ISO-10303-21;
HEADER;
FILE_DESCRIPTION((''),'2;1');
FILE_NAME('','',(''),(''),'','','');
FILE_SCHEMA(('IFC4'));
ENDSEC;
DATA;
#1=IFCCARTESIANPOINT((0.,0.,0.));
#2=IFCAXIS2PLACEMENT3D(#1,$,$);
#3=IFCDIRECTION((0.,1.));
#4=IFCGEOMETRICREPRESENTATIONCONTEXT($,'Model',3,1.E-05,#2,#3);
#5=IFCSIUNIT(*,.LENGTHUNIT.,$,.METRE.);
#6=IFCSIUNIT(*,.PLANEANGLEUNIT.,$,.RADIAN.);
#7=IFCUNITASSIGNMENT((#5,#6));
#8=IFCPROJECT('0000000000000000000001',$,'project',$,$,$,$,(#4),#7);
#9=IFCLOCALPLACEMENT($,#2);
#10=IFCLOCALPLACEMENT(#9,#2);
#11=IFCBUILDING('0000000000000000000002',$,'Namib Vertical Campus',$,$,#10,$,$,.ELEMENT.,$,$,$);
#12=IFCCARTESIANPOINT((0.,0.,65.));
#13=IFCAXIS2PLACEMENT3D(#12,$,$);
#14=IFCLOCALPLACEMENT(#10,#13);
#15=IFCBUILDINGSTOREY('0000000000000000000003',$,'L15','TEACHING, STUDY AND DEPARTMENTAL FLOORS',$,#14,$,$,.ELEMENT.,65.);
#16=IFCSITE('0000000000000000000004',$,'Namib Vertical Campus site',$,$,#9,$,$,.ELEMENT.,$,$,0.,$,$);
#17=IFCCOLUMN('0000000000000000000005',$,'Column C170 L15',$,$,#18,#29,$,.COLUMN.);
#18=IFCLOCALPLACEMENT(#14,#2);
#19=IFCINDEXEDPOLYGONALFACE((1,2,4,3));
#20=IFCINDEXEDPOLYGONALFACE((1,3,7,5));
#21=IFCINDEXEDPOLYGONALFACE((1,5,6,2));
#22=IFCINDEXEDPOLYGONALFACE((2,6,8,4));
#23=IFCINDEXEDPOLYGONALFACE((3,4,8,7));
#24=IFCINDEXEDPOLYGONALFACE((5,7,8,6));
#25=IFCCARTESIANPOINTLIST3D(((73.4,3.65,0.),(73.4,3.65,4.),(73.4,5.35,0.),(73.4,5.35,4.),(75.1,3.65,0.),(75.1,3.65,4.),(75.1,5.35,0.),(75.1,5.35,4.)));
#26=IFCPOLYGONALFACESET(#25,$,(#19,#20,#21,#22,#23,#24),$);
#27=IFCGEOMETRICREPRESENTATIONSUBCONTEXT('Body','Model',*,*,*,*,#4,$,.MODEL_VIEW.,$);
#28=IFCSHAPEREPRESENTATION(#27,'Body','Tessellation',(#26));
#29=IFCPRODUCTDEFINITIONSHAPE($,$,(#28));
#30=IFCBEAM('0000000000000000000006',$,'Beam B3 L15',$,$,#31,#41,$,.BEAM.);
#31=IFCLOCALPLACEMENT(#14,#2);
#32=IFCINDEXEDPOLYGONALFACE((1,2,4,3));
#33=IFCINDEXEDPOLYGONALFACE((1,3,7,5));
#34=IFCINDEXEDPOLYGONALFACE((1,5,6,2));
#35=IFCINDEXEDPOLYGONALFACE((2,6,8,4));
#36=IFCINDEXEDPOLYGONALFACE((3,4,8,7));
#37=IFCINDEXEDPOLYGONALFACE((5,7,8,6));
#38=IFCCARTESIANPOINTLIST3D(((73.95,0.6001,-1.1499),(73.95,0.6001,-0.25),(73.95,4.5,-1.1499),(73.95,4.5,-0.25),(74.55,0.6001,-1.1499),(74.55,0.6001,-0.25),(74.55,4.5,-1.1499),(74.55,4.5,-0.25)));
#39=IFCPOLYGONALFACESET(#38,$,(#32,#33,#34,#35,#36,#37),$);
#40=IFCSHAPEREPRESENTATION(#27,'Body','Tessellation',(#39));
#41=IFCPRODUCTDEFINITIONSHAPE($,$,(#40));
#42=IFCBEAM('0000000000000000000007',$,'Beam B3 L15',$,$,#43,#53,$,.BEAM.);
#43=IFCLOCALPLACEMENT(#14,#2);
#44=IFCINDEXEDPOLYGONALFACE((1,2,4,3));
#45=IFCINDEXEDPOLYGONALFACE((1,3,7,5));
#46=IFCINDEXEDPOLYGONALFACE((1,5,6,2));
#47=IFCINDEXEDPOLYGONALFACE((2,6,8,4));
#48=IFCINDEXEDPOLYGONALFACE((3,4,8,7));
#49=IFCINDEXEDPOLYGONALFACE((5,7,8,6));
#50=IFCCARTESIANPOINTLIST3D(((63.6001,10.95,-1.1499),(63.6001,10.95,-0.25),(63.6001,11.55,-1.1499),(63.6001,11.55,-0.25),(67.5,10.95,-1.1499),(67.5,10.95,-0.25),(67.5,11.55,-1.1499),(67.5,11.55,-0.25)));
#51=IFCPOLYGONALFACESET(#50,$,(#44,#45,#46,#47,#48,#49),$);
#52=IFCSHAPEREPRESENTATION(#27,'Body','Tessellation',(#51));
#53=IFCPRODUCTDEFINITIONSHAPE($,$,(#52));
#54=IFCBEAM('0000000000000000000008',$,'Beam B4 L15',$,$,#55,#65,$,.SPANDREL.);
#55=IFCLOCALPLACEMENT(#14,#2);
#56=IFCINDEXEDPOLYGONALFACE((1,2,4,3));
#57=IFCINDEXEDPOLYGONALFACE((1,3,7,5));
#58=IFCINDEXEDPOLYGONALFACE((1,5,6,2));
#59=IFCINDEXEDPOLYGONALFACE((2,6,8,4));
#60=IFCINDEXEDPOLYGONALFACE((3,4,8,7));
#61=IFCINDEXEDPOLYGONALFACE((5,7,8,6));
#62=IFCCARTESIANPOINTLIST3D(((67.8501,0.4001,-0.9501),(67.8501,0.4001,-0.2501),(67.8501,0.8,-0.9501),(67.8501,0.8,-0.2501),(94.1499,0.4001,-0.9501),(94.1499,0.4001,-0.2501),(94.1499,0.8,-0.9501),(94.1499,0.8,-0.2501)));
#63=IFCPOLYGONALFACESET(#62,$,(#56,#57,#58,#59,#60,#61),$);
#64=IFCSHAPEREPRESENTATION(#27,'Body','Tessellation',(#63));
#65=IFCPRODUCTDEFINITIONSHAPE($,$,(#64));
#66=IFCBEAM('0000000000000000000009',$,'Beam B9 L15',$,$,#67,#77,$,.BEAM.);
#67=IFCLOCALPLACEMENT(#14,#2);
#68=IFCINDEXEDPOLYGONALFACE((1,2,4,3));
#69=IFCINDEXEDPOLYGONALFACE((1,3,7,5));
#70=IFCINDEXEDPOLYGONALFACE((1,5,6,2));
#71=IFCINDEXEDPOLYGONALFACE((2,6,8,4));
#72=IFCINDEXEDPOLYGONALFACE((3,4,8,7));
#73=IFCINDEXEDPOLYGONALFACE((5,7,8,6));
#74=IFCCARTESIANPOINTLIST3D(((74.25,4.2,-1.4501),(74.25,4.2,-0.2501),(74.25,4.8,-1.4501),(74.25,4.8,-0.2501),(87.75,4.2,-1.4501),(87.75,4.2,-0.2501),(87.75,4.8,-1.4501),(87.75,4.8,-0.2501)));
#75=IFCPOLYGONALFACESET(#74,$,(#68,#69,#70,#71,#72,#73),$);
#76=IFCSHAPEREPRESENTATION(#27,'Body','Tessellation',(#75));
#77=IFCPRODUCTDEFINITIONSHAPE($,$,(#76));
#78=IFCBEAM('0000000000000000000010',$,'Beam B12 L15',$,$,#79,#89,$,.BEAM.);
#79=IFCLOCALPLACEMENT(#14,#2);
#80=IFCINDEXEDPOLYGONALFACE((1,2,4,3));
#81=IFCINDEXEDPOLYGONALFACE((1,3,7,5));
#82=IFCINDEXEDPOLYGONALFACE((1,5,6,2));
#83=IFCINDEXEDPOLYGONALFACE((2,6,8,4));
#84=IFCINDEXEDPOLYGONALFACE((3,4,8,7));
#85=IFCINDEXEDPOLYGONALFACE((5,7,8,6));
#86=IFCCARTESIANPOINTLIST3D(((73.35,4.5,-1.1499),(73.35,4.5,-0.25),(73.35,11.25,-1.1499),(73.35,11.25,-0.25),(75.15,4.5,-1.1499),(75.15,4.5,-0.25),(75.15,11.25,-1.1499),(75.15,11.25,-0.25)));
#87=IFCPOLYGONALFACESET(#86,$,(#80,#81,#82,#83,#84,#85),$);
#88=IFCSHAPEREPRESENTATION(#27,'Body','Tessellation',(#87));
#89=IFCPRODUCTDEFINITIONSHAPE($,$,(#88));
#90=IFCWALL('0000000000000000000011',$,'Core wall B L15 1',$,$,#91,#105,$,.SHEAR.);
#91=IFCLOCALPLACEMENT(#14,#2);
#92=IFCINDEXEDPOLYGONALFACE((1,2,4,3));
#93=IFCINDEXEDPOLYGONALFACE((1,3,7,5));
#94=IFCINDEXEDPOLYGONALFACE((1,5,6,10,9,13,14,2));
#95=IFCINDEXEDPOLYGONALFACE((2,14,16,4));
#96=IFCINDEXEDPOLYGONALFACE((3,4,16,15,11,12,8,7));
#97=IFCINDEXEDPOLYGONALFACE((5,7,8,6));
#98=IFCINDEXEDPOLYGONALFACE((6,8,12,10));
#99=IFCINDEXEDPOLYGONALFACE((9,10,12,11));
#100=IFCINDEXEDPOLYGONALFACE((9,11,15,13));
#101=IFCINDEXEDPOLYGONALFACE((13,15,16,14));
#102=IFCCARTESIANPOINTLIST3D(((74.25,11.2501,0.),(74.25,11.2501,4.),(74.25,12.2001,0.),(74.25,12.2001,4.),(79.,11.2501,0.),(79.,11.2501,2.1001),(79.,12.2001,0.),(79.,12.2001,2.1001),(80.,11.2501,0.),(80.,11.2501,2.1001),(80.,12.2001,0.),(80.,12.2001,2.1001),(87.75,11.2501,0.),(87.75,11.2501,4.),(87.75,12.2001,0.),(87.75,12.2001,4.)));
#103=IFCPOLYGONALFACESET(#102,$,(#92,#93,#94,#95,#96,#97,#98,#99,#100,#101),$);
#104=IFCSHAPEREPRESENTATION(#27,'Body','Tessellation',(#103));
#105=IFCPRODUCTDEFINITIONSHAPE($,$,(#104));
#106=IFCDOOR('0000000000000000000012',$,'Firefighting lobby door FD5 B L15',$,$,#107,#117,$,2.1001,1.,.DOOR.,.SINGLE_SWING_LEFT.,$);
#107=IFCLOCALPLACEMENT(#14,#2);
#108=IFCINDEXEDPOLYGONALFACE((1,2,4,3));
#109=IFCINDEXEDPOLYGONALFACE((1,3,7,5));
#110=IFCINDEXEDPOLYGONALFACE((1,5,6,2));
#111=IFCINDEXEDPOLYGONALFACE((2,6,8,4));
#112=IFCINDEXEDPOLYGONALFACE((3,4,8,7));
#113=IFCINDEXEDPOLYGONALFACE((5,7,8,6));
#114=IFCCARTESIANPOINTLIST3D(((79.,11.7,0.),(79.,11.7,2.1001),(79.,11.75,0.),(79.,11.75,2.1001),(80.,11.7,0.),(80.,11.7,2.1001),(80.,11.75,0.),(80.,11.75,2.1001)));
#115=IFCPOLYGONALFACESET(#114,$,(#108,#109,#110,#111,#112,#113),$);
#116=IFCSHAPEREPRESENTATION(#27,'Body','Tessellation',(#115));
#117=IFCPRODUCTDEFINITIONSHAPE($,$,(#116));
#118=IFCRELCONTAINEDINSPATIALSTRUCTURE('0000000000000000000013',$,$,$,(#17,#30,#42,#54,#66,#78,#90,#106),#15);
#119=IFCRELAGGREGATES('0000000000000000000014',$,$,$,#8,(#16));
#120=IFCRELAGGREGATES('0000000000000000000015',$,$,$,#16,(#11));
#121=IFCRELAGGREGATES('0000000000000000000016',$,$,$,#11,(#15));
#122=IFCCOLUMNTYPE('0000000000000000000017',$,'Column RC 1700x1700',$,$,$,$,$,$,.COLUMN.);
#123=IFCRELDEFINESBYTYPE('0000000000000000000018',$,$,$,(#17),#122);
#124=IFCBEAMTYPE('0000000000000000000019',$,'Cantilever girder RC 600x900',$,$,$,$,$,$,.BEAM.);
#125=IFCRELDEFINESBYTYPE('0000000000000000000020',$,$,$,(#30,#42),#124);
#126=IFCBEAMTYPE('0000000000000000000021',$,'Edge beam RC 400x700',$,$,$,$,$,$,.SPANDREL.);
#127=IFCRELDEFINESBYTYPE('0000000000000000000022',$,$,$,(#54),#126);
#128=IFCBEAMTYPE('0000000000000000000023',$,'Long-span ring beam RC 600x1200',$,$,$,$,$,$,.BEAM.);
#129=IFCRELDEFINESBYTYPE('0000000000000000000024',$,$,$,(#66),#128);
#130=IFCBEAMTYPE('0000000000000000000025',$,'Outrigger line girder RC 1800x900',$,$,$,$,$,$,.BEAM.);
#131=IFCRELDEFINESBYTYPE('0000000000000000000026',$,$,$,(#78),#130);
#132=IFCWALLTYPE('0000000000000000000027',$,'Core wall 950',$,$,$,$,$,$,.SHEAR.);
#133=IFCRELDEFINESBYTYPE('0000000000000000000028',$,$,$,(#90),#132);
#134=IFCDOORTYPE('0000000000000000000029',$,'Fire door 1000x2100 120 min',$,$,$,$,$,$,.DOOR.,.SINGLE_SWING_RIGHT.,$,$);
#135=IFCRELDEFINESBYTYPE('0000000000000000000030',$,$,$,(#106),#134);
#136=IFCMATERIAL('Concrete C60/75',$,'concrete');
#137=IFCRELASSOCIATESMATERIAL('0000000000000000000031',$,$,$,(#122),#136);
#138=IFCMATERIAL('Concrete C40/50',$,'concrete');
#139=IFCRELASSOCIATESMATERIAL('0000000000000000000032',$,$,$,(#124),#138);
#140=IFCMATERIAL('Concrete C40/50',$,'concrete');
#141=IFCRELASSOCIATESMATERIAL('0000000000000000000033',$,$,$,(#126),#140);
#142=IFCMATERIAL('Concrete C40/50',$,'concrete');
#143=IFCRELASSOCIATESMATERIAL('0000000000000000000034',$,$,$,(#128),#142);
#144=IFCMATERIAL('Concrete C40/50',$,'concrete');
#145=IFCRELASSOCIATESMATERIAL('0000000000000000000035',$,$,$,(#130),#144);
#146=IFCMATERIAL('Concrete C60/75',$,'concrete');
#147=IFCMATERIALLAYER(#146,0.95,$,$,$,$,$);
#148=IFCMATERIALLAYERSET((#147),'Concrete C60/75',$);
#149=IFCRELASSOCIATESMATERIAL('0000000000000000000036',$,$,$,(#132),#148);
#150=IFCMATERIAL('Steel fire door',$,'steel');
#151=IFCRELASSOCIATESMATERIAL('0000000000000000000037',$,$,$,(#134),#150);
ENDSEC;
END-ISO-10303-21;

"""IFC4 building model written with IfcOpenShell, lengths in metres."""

from ifc_helpers import new_model, si_unit, direction, frame, frame_2d, origin, origin_2d, place, context, subcontext, project, spatial, rectangle, extrude, material, layer, layer_set, material_profile, profile_set, type_object, element, fill, save


model = new_model("IFC4")

# Units and contexts
model_context = context("Model", 3, precision=1e-05, world=origin(), true_north=direction((0.0, 1.0)))
body_context = subcontext(model_context, "Body", "Model", "MODEL_VIEW")
ifc_project = project(units=[si_unit("LENGTHUNIT", "METRE"), si_unit("PLANEANGLEUNIT", "RADIAN")], contexts=[model_context])

# Site, building, storey
site_placement = place(None, origin())
site = spatial("IfcSite", under=ifc_project, at=site_placement, Name="Namib Vertical Campus site", CompositionType="ELEMENT", RefElevation=0.0)
building_placement = place(site_placement, origin())
building = spatial("IfcBuilding", under=site, at=building_placement, Name="Namib Vertical Campus", CompositionType="ELEMENT")
storey_placement = place(building_placement, frame((0.0, 0.0, 65.0)))
storey = spatial("IfcBuildingStorey", under=building, at=storey_placement, Name="L15", Description="TEACHING, STUDY AND DEPARTMENTAL FLOORS", CompositionType="ELEMENT", Elevation=65.0)

# Column
ifc_material_1 = material(Name="Concrete C60/75", Category="concrete")
ifc_material_profile_1 = material_profile(ifc_material_1, rectangle(XDim=1.7, YDim=1.7, at=origin_2d()))
ifc_profile_set_1 = profile_set([ifc_material_profile_1], Name="Concrete C60/75")
column_type = type_object("IfcColumnType", Name="Column RC 1700x1700", PredefinedType="COLUMN", material=ifc_profile_set_1)
column_placement = place(storey_placement, frame((74.25, 4.5, 0.0), z_axis=(0.0, 0.0, 1.0), x_axis=(1.0, 0.0, 0.0)))
element("IfcColumn", 1, at=column_placement, inside=storey, type_object=column_type, Name="Column C170 L15", PredefinedType="COLUMN", context=body_context, shape_type="SweptSolid", body=[
    extrude(rectangle(XDim=1.7, YDim=1.7, at=origin_2d()), origin(), (0.0, 0.0, 1.0), 4.0),
])

# Beams
ifc_material_2 = material(Name="Concrete C40/50", Category="concrete")
ifc_material_profile_2 = material_profile(ifc_material_2, rectangle(XDim=0.6001, YDim=0.8999, at=origin_2d()))
ifc_profile_set_2 = profile_set([ifc_material_profile_2], Name="Concrete C40/50")
beam_type_1 = type_object("IfcBeamType", Name="Cantilever girder RC 600x900", PredefinedType="BEAM", material=ifc_profile_set_2)
for number, where, z_axis, x_axis, name in (
    (2, (74.25, 4.5, -0.7), (0.0, -1.0, 0.0), (1.0, 0.0, 0.0), "Beam B3 L15"),
    (3, (67.5, 11.25, -0.7), (-1.0, 0.0, 0.0), (0.0, -1.0, 0.0), "Beam B3 L15"),
):
    element("IfcBeam", number, at=place(storey_placement, frame(where, z_axis=z_axis, x_axis=x_axis)), inside=storey, type_object=beam_type_1, Name=name, PredefinedType="BEAM", context=body_context, shape_type="SweptSolid", body=[
        extrude(rectangle(XDim=0.6001, YDim=0.8999, at=origin_2d()), origin(), (0.0, 0.0, 1.0), 3.8999),
    ])
ifc_material_3 = material(Name="Concrete C40/50", Category="concrete")
ifc_material_profile_3 = material_profile(ifc_material_3, rectangle(XDim=0.3999, YDim=0.7, at=origin_2d()))
ifc_profile_set_3 = profile_set([ifc_material_profile_3], Name="Concrete C40/50")
beam_type_2 = type_object("IfcBeamType", Name="Edge beam RC 400x700", PredefinedType="SPANDREL", material=ifc_profile_set_3)
beam_1_placement = place(storey_placement, frame((67.8501, 0.6001, -0.6001), z_axis=(1.0, 0.0, 0.0), x_axis=(0.0, 1.0, 0.0)))
element("IfcBeam", 4, at=beam_1_placement, inside=storey, type_object=beam_type_2, Name="Beam B4 L15", PredefinedType="SPANDREL", context=body_context, shape_type="SweptSolid", body=[
    extrude(rectangle(XDim=0.3999, YDim=0.7, at=origin_2d()), origin(), (0.0, 0.0, 1.0), 26.2998),
])
ifc_material_4 = material(Name="Concrete C40/50", Category="concrete")
ifc_material_profile_4 = material_profile(ifc_material_4, rectangle(XDim=0.6001, YDim=1.2, at=origin_2d()))
ifc_profile_set_4 = profile_set([ifc_material_profile_4], Name="Concrete C40/50")
beam_type_3 = type_object("IfcBeamType", Name="Long-span ring beam RC 600x1200", PredefinedType="BEAM", material=ifc_profile_set_4)
beam_2_placement = place(storey_placement, frame((74.25, 4.5, -0.8501), z_axis=(1.0, 0.0, 0.0), x_axis=(0.0, 1.0, 0.0)))
element("IfcBeam", 5, at=beam_2_placement, inside=storey, type_object=beam_type_3, Name="Beam B9 L15", PredefinedType="BEAM", context=body_context, shape_type="SweptSolid", body=[
    extrude(rectangle(XDim=0.6001, YDim=1.2, at=origin_2d()), origin(), (0.0, 0.0, 1.0), 13.5),
])
ifc_material_5 = material(Name="Concrete C40/50", Category="concrete")
ifc_material_profile_5 = material_profile(ifc_material_5, rectangle(XDim=1.8, YDim=0.8999, at=origin_2d()))
ifc_profile_set_5 = profile_set([ifc_material_profile_5], Name="Concrete C40/50")
beam_type_4 = type_object("IfcBeamType", Name="Outrigger line girder RC 1800x900", PredefinedType="BEAM", material=ifc_profile_set_5)
beam_3_placement = place(storey_placement, frame((74.25, 4.5, -0.7), z_axis=(0.0, 1.0, 0.0), x_axis=(-1.0, 0.0, 0.0)))
element("IfcBeam", 6, at=beam_3_placement, inside=storey, type_object=beam_type_4, Name="Beam B12 L15", PredefinedType="BEAM", context=body_context, shape_type="SweptSolid", body=[
    extrude(rectangle(XDim=1.8, YDim=0.8999, at=origin_2d()), origin(), (0.0, 0.0, 1.0), 6.75),
])

# Wall, opening, door
ifc_material_6 = material(Name="Concrete C60/75", Category="concrete")
ifc_layer_1 = layer(ifc_material_6, 0.95)
ifc_layer_set_1 = layer_set([ifc_layer_1], Name="Concrete C60/75")
wall_type_1 = type_object("IfcWallType", Name="Core wall 950", PredefinedType="SHEAR", material=ifc_layer_set_1)
wall_1_placement = place(storey_placement, frame((74.25, 11.7251, 0.0), z_axis=(0.0, 0.0, 1.0), x_axis=(1.0, 0.0, 0.0)))
wall_1 = element("IfcWall", 7, at=wall_1_placement, inside=storey, type_object=wall_type_1, Name="Core wall B L15 1", PredefinedType="SHEAR", context=body_context, shape_type="SweptSolid", body=[
    extrude(rectangle(XDim=13.5, YDim=0.95, at=frame_2d((6.75, 0.0))), origin(), (0.0, 0.0, 1.0), 4.0),
])
opening_1_placement = place(wall_1_placement, frame((4.75, 0.0, 0.0)))
opening_1 = element("IfcOpeningElement", 8, at=opening_1_placement, cuts=wall_1, PredefinedType="OPENING", context=body_context, shape_type="SweptSolid", body=[
    extrude(rectangle(XDim=1.0, YDim=2.1001, at=frame_2d((0.5, 1.05))), frame((0.0, 0.4849, 0.0), z_axis=(0.0, -1.0, 0.0), x_axis=(1.0, 0.0, 0.0)), (0.0, 0.0, 1.0), 0.97),
])
ifc_material_7 = material(Name="Steel fire door", Category="steel")
door_type_1 = type_object("IfcDoorType", Name="Fire door 1000x2100 120 min", OperationType="SINGLE_SWING_RIGHT", PredefinedType="DOOR", material=ifc_material_7)
door_1_placement = place(opening_1_placement, origin())
door_1 = element("IfcDoor", 9, at=door_1_placement, inside=storey, type_object=door_type_1, Name="Firefighting lobby door FD5 B L15", OperationType="SINGLE_SWING_LEFT", OverallHeight=2.1001, OverallWidth=1.0, PredefinedType="DOOR", context=body_context, shape_type="SweptSolid", body=[
    extrude(rectangle(XDim=1.0, YDim=2.1001, at=frame_2d((0.5, 1.05))), frame((0.0, 0.0249, 0.0), z_axis=(0.0, -1.0, 0.0), x_axis=(1.0, 0.0, 0.0)), (0.0, 0.0, 1.0), 0.05),
])
fill(opening_1, door_1)

save(model, "model.ifc")
